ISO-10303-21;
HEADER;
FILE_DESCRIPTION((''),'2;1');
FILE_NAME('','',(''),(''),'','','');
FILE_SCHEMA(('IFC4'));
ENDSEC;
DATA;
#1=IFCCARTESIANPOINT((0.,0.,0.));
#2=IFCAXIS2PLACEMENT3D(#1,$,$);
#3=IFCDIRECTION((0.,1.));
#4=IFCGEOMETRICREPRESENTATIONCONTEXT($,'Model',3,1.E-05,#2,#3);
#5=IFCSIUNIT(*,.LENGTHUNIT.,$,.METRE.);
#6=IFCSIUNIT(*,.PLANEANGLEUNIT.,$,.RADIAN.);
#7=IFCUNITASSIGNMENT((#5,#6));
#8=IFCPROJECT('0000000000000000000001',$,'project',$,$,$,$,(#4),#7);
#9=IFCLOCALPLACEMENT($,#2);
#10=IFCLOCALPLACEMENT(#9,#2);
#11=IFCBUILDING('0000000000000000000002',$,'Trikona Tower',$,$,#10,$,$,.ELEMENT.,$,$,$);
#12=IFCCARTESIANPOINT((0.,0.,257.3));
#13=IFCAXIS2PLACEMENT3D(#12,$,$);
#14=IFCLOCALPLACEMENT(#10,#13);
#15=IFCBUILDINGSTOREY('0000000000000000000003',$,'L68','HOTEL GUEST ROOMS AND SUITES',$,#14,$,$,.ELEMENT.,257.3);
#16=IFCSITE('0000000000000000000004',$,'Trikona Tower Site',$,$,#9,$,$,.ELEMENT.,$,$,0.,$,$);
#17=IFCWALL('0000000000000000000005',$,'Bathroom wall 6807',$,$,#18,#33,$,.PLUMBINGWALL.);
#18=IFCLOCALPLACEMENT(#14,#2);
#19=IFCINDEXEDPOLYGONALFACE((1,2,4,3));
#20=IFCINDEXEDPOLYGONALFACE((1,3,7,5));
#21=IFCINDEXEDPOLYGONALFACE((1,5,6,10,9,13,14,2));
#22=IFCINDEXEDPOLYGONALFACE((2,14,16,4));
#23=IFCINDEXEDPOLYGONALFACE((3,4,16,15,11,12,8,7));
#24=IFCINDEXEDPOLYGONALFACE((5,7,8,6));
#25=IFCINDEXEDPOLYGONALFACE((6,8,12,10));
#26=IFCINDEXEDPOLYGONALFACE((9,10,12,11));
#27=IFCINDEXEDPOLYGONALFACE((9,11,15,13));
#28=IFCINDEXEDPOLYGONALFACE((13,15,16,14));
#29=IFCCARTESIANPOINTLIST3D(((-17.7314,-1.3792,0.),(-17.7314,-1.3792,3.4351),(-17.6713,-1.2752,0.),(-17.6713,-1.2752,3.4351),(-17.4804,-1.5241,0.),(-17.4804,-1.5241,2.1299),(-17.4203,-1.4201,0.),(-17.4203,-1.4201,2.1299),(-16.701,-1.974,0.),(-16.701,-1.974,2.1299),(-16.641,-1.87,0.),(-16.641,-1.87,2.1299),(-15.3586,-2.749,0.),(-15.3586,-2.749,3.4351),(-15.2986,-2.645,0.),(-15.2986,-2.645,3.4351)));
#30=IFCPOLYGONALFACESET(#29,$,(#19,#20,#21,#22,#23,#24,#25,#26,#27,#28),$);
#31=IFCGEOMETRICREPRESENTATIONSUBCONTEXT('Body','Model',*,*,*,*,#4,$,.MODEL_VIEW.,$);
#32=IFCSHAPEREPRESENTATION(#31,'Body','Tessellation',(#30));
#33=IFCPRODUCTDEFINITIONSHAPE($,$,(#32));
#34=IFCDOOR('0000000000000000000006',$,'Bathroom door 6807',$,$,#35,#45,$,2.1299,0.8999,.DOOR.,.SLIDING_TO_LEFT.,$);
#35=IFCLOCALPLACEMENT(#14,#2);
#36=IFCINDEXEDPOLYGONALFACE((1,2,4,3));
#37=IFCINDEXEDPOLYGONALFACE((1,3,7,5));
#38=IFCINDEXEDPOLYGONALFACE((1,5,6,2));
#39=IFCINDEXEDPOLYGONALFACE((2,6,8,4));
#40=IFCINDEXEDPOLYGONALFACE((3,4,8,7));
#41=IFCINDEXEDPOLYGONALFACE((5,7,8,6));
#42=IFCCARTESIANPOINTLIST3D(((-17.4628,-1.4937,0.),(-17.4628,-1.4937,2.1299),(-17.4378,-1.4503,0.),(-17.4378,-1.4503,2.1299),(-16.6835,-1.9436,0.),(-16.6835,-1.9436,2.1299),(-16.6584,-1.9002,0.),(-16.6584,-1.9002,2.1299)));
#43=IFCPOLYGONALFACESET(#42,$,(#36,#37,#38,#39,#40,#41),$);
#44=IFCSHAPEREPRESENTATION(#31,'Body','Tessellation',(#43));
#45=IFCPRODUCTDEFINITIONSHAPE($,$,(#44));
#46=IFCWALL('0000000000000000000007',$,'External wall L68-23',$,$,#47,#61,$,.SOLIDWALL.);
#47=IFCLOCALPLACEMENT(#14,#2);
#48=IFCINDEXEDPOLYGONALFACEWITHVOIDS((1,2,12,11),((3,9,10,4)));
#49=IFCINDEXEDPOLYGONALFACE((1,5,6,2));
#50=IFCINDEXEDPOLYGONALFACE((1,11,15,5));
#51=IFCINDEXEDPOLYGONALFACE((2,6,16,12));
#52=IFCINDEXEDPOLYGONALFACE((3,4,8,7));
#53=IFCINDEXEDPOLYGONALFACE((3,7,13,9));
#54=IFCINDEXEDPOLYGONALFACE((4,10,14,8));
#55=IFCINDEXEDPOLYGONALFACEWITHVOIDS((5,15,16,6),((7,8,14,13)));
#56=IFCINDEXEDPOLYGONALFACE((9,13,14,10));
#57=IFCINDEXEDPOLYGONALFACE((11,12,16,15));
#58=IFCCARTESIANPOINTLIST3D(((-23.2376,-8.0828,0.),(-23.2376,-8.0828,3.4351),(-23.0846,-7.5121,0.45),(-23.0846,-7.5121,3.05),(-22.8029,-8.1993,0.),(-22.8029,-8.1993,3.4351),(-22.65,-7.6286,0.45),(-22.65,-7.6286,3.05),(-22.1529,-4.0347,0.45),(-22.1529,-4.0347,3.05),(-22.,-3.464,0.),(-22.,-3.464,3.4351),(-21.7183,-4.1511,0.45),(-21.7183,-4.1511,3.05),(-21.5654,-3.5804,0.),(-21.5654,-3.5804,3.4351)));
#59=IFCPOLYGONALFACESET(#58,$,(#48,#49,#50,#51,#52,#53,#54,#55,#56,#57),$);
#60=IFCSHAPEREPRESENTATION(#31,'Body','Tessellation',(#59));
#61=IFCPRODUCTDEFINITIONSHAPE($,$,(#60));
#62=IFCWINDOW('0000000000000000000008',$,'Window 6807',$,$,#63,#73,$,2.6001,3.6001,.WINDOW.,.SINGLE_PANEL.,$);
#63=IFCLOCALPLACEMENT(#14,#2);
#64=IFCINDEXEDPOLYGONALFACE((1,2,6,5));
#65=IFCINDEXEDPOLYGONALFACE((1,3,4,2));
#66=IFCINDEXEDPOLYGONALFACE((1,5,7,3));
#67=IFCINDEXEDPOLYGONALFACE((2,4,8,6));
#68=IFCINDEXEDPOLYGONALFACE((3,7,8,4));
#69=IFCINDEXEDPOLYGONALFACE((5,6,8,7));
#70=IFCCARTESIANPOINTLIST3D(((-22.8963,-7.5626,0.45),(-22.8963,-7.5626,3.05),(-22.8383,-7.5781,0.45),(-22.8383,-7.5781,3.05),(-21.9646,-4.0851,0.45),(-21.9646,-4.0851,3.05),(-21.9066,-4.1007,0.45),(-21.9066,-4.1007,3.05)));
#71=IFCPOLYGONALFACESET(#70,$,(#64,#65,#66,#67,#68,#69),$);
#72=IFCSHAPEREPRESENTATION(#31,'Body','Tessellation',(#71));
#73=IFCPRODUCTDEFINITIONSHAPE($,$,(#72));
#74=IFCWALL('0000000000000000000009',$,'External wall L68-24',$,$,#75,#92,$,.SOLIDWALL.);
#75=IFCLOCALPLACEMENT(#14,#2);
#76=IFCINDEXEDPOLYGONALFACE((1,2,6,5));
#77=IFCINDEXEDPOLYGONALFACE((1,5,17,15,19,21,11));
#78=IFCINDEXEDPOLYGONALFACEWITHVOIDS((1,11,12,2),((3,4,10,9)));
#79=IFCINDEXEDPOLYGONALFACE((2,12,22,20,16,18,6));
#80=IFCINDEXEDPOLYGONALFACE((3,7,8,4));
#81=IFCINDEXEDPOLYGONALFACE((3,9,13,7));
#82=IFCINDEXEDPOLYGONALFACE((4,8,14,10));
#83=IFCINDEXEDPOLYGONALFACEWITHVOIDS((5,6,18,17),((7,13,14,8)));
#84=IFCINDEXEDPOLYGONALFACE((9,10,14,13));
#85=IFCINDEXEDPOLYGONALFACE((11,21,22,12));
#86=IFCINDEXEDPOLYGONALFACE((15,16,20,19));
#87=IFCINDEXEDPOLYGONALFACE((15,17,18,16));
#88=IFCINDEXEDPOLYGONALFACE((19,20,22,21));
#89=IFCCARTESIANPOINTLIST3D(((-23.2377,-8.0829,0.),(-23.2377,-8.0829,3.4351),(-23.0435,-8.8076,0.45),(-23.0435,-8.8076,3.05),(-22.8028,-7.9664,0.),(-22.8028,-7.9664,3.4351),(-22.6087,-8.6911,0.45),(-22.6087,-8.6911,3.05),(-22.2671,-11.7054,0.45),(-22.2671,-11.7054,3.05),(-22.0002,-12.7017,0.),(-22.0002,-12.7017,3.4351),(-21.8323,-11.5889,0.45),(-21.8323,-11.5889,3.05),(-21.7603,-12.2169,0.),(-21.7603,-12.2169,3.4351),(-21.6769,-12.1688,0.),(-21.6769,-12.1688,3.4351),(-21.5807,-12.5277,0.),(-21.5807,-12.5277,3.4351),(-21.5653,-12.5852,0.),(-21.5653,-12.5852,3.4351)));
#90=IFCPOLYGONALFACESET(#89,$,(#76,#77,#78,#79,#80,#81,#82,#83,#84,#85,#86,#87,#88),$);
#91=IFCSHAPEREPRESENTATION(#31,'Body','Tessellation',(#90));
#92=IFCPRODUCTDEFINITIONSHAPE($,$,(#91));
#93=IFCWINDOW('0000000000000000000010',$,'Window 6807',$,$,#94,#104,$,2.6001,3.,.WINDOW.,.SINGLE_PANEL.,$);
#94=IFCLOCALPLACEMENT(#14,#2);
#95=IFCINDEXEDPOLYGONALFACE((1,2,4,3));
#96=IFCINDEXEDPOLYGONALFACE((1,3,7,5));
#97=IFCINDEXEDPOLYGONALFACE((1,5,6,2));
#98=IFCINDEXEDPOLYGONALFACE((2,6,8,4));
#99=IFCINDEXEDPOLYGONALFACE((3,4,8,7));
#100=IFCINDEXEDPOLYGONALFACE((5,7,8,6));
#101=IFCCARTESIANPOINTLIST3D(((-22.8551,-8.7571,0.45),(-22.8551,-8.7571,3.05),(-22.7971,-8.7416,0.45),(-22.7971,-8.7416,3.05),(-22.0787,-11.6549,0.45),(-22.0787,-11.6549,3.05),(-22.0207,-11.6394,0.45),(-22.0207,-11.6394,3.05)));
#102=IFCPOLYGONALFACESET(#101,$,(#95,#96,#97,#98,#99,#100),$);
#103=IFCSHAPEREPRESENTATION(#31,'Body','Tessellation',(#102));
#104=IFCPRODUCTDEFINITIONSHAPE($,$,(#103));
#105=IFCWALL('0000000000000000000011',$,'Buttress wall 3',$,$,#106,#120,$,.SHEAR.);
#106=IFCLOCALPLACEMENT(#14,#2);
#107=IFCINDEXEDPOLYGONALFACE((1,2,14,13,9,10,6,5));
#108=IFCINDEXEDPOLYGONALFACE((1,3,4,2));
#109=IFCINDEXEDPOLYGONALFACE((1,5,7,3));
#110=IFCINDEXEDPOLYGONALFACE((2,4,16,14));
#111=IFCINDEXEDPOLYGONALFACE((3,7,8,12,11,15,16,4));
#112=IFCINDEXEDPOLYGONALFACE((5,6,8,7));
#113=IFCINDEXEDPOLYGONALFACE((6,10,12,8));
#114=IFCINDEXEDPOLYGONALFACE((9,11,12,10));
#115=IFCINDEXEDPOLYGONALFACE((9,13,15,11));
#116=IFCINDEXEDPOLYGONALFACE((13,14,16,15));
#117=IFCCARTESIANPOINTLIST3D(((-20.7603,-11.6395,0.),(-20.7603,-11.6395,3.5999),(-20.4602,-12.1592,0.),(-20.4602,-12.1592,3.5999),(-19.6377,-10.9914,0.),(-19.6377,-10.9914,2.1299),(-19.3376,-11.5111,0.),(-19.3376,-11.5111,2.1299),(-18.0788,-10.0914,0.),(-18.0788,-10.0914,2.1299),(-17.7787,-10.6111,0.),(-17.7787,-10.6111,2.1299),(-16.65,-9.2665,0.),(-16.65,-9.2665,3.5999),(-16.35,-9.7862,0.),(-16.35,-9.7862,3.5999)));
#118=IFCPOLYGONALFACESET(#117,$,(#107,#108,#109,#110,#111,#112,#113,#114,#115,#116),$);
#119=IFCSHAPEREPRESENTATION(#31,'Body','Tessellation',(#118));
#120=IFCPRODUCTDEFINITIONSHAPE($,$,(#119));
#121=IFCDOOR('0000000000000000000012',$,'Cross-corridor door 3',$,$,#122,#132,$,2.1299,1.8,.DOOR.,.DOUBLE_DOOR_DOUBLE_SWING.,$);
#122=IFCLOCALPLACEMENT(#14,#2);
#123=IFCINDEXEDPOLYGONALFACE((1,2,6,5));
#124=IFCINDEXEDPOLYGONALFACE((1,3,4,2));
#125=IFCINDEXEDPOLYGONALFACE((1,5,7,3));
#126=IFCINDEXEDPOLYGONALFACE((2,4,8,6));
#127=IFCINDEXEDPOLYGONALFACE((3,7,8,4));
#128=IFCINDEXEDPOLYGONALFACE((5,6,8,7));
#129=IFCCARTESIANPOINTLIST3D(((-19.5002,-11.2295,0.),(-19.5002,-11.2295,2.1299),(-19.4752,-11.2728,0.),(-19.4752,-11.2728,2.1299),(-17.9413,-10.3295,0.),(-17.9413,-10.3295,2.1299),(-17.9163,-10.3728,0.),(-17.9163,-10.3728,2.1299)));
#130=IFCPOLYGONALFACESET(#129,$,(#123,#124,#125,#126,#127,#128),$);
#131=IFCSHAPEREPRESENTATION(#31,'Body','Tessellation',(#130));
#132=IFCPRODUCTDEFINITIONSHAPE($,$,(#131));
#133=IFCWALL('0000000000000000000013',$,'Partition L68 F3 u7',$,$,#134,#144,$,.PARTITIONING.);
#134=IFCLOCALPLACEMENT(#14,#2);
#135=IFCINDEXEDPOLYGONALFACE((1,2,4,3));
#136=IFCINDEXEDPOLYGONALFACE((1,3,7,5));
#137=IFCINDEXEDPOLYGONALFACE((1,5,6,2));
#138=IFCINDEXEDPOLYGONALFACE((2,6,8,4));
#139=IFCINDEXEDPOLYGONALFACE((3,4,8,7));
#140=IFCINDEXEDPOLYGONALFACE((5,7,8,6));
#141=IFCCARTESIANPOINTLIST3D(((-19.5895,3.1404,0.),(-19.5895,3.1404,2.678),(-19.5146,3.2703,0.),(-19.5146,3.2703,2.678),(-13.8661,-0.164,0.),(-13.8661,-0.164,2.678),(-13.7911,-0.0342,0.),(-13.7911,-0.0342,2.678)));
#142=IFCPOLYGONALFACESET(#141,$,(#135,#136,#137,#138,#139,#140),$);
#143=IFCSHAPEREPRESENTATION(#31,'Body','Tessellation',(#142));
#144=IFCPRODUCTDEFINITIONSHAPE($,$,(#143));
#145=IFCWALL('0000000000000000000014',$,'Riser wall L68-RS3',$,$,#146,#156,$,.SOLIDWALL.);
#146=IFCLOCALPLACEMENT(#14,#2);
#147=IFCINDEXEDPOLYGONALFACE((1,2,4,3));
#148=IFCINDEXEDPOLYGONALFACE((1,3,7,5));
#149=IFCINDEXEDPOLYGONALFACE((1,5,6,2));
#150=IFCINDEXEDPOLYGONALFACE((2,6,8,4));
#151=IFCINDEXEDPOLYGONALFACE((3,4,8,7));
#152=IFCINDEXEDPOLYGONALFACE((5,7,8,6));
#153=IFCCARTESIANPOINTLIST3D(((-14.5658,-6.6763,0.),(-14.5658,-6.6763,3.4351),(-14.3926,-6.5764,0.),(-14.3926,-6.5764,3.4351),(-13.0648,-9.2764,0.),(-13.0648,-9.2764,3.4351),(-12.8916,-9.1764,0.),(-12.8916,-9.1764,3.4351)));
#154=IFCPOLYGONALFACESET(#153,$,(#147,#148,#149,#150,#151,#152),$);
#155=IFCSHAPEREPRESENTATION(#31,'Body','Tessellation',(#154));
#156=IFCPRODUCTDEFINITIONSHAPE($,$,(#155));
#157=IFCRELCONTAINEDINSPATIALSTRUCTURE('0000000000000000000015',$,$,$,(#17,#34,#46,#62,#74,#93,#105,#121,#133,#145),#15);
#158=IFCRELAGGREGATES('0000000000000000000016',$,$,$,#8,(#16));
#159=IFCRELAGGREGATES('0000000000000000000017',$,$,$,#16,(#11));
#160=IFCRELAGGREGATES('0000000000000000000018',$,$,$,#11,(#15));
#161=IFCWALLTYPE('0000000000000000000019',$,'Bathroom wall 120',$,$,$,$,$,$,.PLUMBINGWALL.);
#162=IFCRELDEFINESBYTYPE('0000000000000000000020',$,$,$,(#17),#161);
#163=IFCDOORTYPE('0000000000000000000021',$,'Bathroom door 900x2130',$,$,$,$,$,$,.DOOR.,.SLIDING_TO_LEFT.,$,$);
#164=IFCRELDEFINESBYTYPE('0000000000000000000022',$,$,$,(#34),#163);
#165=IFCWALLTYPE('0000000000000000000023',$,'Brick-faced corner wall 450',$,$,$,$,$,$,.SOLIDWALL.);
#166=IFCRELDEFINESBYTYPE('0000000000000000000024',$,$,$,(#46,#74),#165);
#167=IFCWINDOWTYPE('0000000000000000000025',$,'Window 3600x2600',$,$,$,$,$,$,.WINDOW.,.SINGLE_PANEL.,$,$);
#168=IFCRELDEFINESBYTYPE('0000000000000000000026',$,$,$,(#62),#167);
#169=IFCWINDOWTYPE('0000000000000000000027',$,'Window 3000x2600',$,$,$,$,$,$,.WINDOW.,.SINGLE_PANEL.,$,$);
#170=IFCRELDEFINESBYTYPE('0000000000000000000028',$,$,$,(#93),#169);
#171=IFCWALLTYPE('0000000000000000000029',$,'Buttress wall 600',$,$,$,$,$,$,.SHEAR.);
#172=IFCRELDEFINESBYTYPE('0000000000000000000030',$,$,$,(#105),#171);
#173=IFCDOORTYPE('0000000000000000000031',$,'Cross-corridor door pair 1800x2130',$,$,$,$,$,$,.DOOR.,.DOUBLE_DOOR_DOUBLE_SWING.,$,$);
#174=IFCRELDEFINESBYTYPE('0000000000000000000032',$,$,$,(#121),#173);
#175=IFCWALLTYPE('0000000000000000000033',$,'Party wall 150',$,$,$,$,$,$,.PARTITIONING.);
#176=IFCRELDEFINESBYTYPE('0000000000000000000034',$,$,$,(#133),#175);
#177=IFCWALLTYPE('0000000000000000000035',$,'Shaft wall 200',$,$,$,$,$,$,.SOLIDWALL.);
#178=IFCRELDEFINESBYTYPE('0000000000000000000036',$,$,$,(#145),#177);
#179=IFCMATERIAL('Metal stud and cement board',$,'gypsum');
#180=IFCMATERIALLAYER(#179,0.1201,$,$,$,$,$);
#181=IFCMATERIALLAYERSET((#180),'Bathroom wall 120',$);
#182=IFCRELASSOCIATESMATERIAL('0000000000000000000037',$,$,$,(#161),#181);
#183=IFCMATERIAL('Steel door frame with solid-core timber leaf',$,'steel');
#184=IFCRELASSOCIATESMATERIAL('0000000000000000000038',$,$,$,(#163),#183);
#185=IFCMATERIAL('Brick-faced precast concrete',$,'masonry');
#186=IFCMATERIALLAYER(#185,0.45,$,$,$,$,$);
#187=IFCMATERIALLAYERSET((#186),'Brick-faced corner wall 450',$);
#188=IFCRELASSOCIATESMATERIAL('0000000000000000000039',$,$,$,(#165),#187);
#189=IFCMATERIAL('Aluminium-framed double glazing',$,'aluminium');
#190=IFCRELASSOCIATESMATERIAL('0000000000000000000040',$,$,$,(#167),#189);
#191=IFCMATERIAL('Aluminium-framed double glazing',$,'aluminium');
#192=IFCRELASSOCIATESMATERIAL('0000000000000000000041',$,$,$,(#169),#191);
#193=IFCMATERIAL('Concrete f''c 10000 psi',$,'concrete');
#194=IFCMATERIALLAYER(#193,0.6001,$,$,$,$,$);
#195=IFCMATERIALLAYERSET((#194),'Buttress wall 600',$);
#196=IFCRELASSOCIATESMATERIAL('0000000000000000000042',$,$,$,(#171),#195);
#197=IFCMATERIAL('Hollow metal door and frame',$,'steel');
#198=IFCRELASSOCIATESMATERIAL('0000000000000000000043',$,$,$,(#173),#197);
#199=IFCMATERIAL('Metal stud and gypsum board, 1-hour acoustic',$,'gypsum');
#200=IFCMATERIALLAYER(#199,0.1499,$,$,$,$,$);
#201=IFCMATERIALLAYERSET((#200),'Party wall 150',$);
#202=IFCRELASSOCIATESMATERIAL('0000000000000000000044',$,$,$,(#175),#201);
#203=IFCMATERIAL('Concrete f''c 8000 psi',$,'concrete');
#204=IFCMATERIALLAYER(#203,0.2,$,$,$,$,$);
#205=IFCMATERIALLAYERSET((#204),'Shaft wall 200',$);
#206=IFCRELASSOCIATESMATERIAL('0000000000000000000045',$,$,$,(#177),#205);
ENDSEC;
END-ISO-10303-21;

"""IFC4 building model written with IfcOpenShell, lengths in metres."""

from ifc_helpers import new_model, si_unit, direction, frame, frame_2d, origin, place, context, subcontext, project, spatial, polyline, rectangle, outline, extrude, material, layer, layer_set, type_object, element, fill, save


model = new_model("IFC4")

# Units and contexts
model_context = context("Model", 3, precision=1e-05, world=origin(), true_north=direction((0.0, 1.0)))
body_context = subcontext(model_context, "Body", "Model", "MODEL_VIEW")
ifc_project = project(units=[si_unit("LENGTHUNIT", "METRE"), si_unit("PLANEANGLEUNIT", "RADIAN")], contexts=[model_context])

# Site, building, storey
site_placement = place(None, origin())
site = spatial("IfcSite", under=ifc_project, at=site_placement, Name="Trikona Tower Site", CompositionType="ELEMENT", RefElevation=0.0)
building_placement = place(site_placement, origin())
building = spatial("IfcBuilding", under=site, at=building_placement, Name="Trikona Tower", CompositionType="ELEMENT")
storey_placement = place(building_placement, frame((0.0, 0.0, 257.3)))
storey = spatial("IfcBuildingStorey", under=building, at=storey_placement, Name="L68", Description="HOTEL GUEST ROOMS AND SUITES", CompositionType="ELEMENT", Elevation=257.3)

# Shared definitions
ifc_material_1 = material(Name="Metal stud and cement board", Category="gypsum")
ifc_layer_1 = layer(ifc_material_1, 0.1201)
ifc_layer_set_1 = layer_set([ifc_layer_1], Name="Bathroom wall 120")
wall_type_1 = type_object("IfcWallType", Name="Bathroom wall 120", PredefinedType="PLUMBINGWALL", material=ifc_layer_set_1)
ifc_material_2 = material(Name="Steel door frame with solid-core timber leaf", Category="steel")
door_type_1 = type_object("IfcDoorType", Name="Bathroom door 900x2130", OperationType="SLIDING_TO_LEFT", PredefinedType="DOOR", material=ifc_material_2)

# Wall, opening, door
wall_1_placement = place(storey_placement, frame((-15.3286, -2.697, 0.0), z_axis=(0.0, 0.0, 1.0), x_axis=(-0.866036, 0.499982, 0.0)))
wall_1 = element("IfcWall", 1, at=wall_1_placement, inside=storey, type_object=wall_type_1, Name="Bathroom wall 6807", PredefinedType="PLUMBINGWALL", context=body_context, shape_type="SweptSolid", body=[
    extrude(rectangle(XDim=2.7397, YDim=0.1201, at=frame_2d((1.3699, 0.0))), origin(), (0.0, 0.0, 1.0), 3.4351),
])
opening_1_placement = place(wall_1_placement, frame((1.55, 0.0, 0.0)))
opening_1 = element("IfcOpeningElement", 2, at=opening_1_placement, cuts=wall_1, PredefinedType="OPENING", context=body_context, shape_type="SweptSolid", body=[
    extrude(rectangle(XDim=0.8999, YDim=2.1299, at=frame_2d((0.45, 1.0649))), frame((0.0, 0.0701, 0.0), z_axis=(0.0, -1.0, 0.0), x_axis=(1.0, 0.0, 0.0)), (0.0, 0.0, 1.0), 0.1401),
])
door_1_placement = place(opening_1_placement, origin())
door_1 = element("IfcDoor", 3, at=door_1_placement, inside=storey, type_object=door_type_1, Name="Bathroom door 6807", OperationType="SLIDING_TO_LEFT", OverallHeight=2.1299, OverallWidth=0.8999, PredefinedType="DOOR", context=body_context, shape_type="SweptSolid", body=[
    extrude(rectangle(XDim=0.8999, YDim=2.1299, at=frame_2d((0.45, 1.0649))), frame((0.0, 0.0249, 0.0), z_axis=(0.0, -1.0, 0.0), x_axis=(1.0, 0.0, 0.0)), (0.0, 0.0, 1.0), 0.05),
])
fill(opening_1, door_1)

# Walls, openings, windows
ifc_material_3 = material(Name="Brick-faced precast concrete", Category="masonry")
ifc_layer_2 = layer(ifc_material_3, 0.45)
ifc_layer_set_2 = layer_set([ifc_layer_2], Name="Brick-faced corner wall 450")
wall_type_2 = type_object("IfcWallType", Name="Brick-faced corner wall 450", PredefinedType="SOLIDWALL", material=ifc_layer_set_2)
wall_2_placement = place(storey_placement, frame((-21.7827, -3.5222, 0.0), z_axis=(0.0, 0.0, 1.0), x_axis=(-0.258803, -0.96593, 0.0)))
wall_2 = element("IfcWall", 4, at=wall_2_placement, inside=storey, type_object=wall_type_2, Name="External wall L68-23", PredefinedType="SOLIDWALL", context=body_context, shape_type="SweptSolid", body=[
    extrude(rectangle(XDim=4.7817, YDim=0.45, at=frame_2d((2.3909, 0.0))), origin(), (0.0, 0.0, 1.0), 3.4351),
])
opening_2_placement = place(wall_2_placement, frame((0.5908, 0.0, 0.45)))
opening_2 = element("IfcOpeningElement", 5, at=opening_2_placement, cuts=wall_2, PredefinedType="OPENING", context=body_context, shape_type="SweptSolid", body=[
    extrude(rectangle(XDim=3.6001, YDim=2.6001, at=frame_2d((1.8, 1.3))), frame((0.0, 0.2349, 0.0), z_axis=(0.0, -1.0, 0.0), x_axis=(1.0, 0.0, 0.0)), (0.0, 0.0, 1.0), 0.47),
])
ifc_material_4 = material(Name="Aluminium-framed double glazing", Category="aluminium")
window_type_1 = type_object("IfcWindowType", Name="Window 3600x2600", PartitioningType="SINGLE_PANEL", PredefinedType="WINDOW", material=ifc_material_4)
window_1_placement = place(opening_2_placement, origin())
window_1 = element("IfcWindow", 6, at=window_1_placement, inside=storey, type_object=window_type_1, Name="Window 6807", OverallHeight=2.6001, OverallWidth=3.6001, PartitioningType="SINGLE_PANEL", PredefinedType="WINDOW", context=body_context, shape_type="SweptSolid", body=[
    extrude(rectangle(XDim=3.6001, YDim=2.6001, at=frame_2d((1.8, 1.3))), frame((0.0, 0.03, 0.0), z_axis=(0.0, -1.0, 0.0), x_axis=(1.0, 0.0, 0.0)), (0.0, 0.0, 1.0), 0.0601),
])
fill(opening_2, window_1)
wall_3_placement = place(storey_placement, frame((-23.0203, -8.0247, 0.0), z_axis=(0.0, 0.0, 1.0), x_axis=(0.258803, -0.96593, 0.0)))
wall_3 = element("IfcWall", 7, at=wall_3_placement, inside=storey, type_object=wall_type_2, Name="External wall L68-24", PredefinedType="SOLIDWALL", context=body_context, shape_type="SweptSolid", body=[
    extrude(outline(polyline([(4.7817, 0.2251), (4.7222, 0.2251), (4.3755, 0.1321), (4.3506, 0.2251), (0.0, 0.2251), (0.0, -0.2251), (4.7817, -0.2251), (4.7817, 0.2251)])), origin(), (0.0, 0.0, 1.0), 3.4351),
])
opening_3_placement = place(wall_3_placement, frame((0.7502, 0.0, 0.45)))
opening_3 = element("IfcOpeningElement", 8, at=opening_3_placement, cuts=wall_3, PredefinedType="OPENING", context=body_context, shape_type="SweptSolid", body=[
    extrude(rectangle(XDim=3.0, YDim=2.6001, at=frame_2d((1.5, 1.3))), frame((0.0, 0.2349, 0.0), z_axis=(0.0, -1.0, 0.0), x_axis=(1.0, 0.0, 0.0)), (0.0, 0.0, 1.0), 0.47),
])
ifc_material_5 = material(Name="Aluminium-framed double glazing", Category="aluminium")
window_type_2 = type_object("IfcWindowType", Name="Window 3000x2600", PartitioningType="SINGLE_PANEL", PredefinedType="WINDOW", material=ifc_material_5)
window_2_placement = place(opening_3_placement, origin())
window_2 = element("IfcWindow", 9, at=window_2_placement, inside=storey, type_object=window_type_2, Name="Window 6807", OverallHeight=2.6001, OverallWidth=3.0, PartitioningType="SINGLE_PANEL", PredefinedType="WINDOW", context=body_context, shape_type="SweptSolid", body=[
    extrude(rectangle(XDim=3.0, YDim=2.6001, at=frame_2d((1.5, 1.3))), frame((0.0, 0.03, 0.0), z_axis=(0.0, -1.0, 0.0), x_axis=(1.0, 0.0, 0.0)), (0.0, 0.0, 1.0), 0.0601),
])
fill(opening_3, window_2)

# Wall, opening, door
ifc_material_6 = material(Name="Concrete f'c 10000 psi", Category="concrete")
ifc_layer_3 = layer(ifc_material_6, 0.6001)
ifc_layer_set_3 = layer_set([ifc_layer_3], Name="Buttress wall 600")
wall_type_3 = type_object("IfcWallType", Name="Buttress wall 600", PredefinedType="SHEAR", material=ifc_layer_set_3)
wall_4_placement = place(storey_placement, frame((-16.5, -9.5264, 0.0), z_axis=(0.0, 0.0, 1.0), x_axis=(-0.866031, -0.49999, 0.0)))
wall_4 = element("IfcWall", 10, at=wall_4_placement, inside=storey, type_object=wall_type_3, Name="Buttress wall 3", PredefinedType="SHEAR", context=body_context, shape_type="SweptSolid", body=[
    extrude(rectangle(XDim=4.7461, YDim=0.6001, at=frame_2d((2.373, 0.0))), origin(), (0.0, 0.0, 1.0), 3.5999),
])
opening_4_placement = place(wall_4_placement, frame((1.6499, 0.0, 0.0)))
opening_4 = element("IfcOpeningElement", 11, at=opening_4_placement, cuts=wall_4, PredefinedType="OPENING", context=body_context, shape_type="SweptSolid", body=[
    extrude(rectangle(XDim=1.8, YDim=2.1299, at=frame_2d((0.8999, 1.0649))), frame((0.0, 0.3101, 0.0), z_axis=(0.0, -1.0, 0.0), x_axis=(1.0, 0.0, 0.0)), (0.0, 0.0, 1.0), 0.6201),
])
ifc_material_7 = material(Name="Hollow metal door and frame", Category="steel")
door_type_2 = type_object("IfcDoorType", Name="Cross-corridor door pair 1800x2130", OperationType="DOUBLE_DOOR_DOUBLE_SWING", PredefinedType="DOOR", material=ifc_material_7)
door_2_placement = place(opening_4_placement, origin())
door_2 = element("IfcDoor", 12, at=door_2_placement, inside=storey, type_object=door_type_2, Name="Cross-corridor door 3", OperationType="DOUBLE_DOOR_DOUBLE_SWING", OverallHeight=2.1299, OverallWidth=1.8, PredefinedType="DOOR", context=body_context, shape_type="SweptSolid", body=[
    extrude(rectangle(XDim=1.8, YDim=2.1299, at=frame_2d((0.8999, 1.0649))), frame((0.0, 0.0249, 0.0), z_axis=(0.0, -1.0, 0.0), x_axis=(1.0, 0.0, 0.0)), (0.0, 0.0, 1.0), 0.05),
])
fill(opening_4, door_2)

# Walls
ifc_material_8 = material(Name="Metal stud and gypsum board, 1-hour acoustic", Category="gypsum")
ifc_layer_4 = layer(ifc_material_8, 0.1499)
ifc_layer_set_4 = layer_set([ifc_layer_4], Name="Party wall 150")
wall_type_4 = type_object("IfcWallType", Name="Party wall 150", PredefinedType="PARTITIONING", material=ifc_layer_set_4)
wall_5_placement = place(storey_placement, frame((-13.8286, -0.0991, 0.0), z_axis=(0.0, 0.0, 1.0), x_axis=(-0.866023, 0.500005, 0.0)))
element("IfcWall", 13, at=wall_5_placement, inside=storey, type_object=wall_type_4, Name="Partition L68 F3 u7", PredefinedType="PARTITIONING", context=body_context, shape_type="SweptSolid", body=[
    extrude(rectangle(XDim=6.6089, YDim=0.1499, at=frame_2d((3.3044, 0.0))), origin(), (0.0, 0.0, 1.0), 2.678),
])
ifc_material_9 = material(Name="Concrete f'c 8000 psi", Category="concrete")
ifc_layer_5 = layer(ifc_material_9, 0.2)
ifc_layer_set_5 = layer_set([ifc_layer_5], Name="Shaft wall 200")
wall_type_5 = type_object("IfcWallType", Name="Shaft wall 200", PredefinedType="SOLIDWALL", material=ifc_layer_set_5)
wall_6_placement = place(storey_placement, frame((-12.9783, -9.2263, 0.0), z_axis=(0.0, 0.0, 1.0), x_axis=(-0.499952, 0.866053, 0.0)))
element("IfcWall", 14, at=wall_6_placement, inside=storey, type_object=wall_type_5, Name="Riser wall L68-RS3", PredefinedType="SOLIDWALL", context=body_context, shape_type="SweptSolid", body=[
    extrude(rectangle(XDim=3.0022, YDim=0.2, at=frame_2d((1.501, 0.0))), origin(), (0.0, 0.0, 1.0), 3.4351),
])

save(model, "model.ifc")
